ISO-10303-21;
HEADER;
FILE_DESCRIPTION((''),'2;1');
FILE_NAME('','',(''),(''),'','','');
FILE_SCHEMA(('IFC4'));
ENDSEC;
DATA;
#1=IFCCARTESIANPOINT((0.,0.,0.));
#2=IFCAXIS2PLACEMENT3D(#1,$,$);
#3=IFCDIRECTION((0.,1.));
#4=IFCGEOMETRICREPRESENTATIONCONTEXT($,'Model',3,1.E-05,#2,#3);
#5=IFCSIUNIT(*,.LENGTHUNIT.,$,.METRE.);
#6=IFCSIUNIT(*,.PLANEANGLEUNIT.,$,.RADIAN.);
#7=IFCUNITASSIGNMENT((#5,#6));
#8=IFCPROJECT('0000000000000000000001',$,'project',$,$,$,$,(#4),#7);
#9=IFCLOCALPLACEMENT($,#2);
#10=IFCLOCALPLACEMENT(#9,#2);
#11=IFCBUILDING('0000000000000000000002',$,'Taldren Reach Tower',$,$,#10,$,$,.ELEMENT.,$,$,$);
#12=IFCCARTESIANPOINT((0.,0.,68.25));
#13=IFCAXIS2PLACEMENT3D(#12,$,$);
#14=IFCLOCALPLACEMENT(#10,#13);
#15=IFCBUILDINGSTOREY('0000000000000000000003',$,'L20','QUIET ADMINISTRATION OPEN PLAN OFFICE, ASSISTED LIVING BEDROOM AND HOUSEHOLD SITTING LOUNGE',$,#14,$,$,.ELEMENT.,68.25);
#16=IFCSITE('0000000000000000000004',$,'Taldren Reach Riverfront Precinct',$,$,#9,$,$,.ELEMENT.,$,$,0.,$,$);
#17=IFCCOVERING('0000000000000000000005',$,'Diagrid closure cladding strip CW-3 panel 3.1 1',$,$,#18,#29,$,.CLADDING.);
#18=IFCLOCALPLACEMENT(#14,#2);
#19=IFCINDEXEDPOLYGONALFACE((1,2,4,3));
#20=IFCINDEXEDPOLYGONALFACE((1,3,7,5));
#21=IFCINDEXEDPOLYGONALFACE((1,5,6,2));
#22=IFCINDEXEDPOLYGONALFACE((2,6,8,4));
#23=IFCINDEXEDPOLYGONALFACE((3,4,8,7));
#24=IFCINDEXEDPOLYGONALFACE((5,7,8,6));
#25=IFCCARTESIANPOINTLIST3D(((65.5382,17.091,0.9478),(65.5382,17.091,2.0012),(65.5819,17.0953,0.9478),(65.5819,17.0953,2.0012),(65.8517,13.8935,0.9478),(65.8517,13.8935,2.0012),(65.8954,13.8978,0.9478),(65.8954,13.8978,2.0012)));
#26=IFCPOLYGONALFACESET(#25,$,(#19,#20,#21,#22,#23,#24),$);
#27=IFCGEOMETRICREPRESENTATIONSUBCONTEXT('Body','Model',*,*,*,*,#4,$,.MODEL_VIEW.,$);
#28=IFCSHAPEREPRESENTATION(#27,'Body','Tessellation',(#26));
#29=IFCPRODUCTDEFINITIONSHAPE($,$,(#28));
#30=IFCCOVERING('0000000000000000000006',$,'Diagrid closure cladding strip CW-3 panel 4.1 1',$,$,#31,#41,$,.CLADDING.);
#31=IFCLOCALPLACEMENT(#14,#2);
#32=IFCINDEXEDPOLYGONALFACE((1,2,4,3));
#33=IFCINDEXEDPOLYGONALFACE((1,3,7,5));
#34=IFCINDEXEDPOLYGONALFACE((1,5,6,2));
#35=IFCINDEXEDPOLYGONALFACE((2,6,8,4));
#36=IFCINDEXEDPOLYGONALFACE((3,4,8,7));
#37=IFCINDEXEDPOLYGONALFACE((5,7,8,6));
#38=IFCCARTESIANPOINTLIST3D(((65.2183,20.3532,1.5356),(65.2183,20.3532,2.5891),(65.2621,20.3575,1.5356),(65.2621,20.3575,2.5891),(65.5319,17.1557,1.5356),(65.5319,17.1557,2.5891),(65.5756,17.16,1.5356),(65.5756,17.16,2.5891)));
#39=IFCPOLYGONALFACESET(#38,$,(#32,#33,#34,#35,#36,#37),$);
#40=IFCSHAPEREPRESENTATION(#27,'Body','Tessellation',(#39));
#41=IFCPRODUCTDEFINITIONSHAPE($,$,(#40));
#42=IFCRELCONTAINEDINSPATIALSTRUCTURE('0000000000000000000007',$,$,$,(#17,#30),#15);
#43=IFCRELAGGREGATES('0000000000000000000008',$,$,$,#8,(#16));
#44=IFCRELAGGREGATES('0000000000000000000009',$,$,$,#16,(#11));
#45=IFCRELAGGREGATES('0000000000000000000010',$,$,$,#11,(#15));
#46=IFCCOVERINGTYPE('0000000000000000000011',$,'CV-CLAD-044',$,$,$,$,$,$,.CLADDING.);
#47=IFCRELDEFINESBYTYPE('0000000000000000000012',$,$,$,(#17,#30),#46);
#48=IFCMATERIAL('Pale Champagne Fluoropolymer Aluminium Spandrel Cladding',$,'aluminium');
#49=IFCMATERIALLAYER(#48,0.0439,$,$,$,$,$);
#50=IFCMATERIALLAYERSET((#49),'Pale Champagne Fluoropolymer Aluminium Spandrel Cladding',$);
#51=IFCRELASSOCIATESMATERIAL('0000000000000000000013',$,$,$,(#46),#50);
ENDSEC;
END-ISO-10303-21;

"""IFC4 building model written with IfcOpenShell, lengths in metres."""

from ifc_helpers import new_model, si_unit, direction, frame, origin, origin_2d, place, context, subcontext, project, spatial, rectangle, extrude, source, transform, mapped, material, layer, layer_set, type_object, element, save


model = new_model("IFC4")

# Units and contexts
model_context = context("Model", 3, precision=1e-05, world=origin(), true_north=direction((0.0, 1.0)))
body_context = subcontext(model_context, "Body", "Model", "MODEL_VIEW")
ifc_project = project(units=[si_unit("LENGTHUNIT", "METRE"), si_unit("PLANEANGLEUNIT", "RADIAN")], contexts=[model_context])

# Site, building, storey
site_placement = place(None, origin())
site = spatial("IfcSite", under=ifc_project, at=site_placement, Name="Taldren Reach Riverfront Precinct", CompositionType="ELEMENT", RefElevation=0.0)
building_placement = place(site_placement, origin())
building = spatial("IfcBuilding", under=site, at=building_placement, Name="Taldren Reach Tower", CompositionType="ELEMENT")
storey_placement = place(building_placement, frame((0.0, 0.0, 68.25)))
storey = spatial("IfcBuildingStorey", under=building, at=storey_placement, Name="L20", Description="QUIET ADMINISTRATION OPEN PLAN OFFICE, ASSISTED LIVING BEDROOM AND HOUSEHOLD SITTING LOUNGE", CompositionType="ELEMENT", Elevation=68.25)

# Coverings
ifc_material_1 = material(Name="Pale Champagne Fluoropolymer Aluminium Spandrel Cladding", Category="aluminium")
ifc_layer_1 = layer(ifc_material_1, 0.0439)
ifc_layer_set_1 = layer_set([ifc_layer_1], Name="Pale Champagne Fluoropolymer Aluminium Spandrel Cladding")
covering_type = type_object("IfcCoveringType", Name="CV-CLAD-044", PredefinedType="CLADDING", material=ifc_layer_set_1)
shared_shape_1 = source(origin(), body_context, "Body", "SweptSolid", [
    extrude(rectangle(XDim=3.2129, YDim=0.0439, at=origin_2d()), origin(), (0.0, 0.0, 1.0), 1.0535),
])
for number, where, z_axis, x_axis, name in (
    (1, (65.7168, 15.4944, 0.9478), (0.0, 0.0, 1.0), (-0.097583, 0.995227, 0.0), "Diagrid closure cladding strip CW-3 panel 3.1 1"),
    (2, (65.397, 18.7566, 1.5356), (0.0, 0.0, 1.0), (-0.097583, 0.995227, 0.0), "Diagrid closure cladding strip CW-3 panel 4.1 1"),
):
    element("IfcCovering", number, at=place(storey_placement, frame(where, z_axis=z_axis, x_axis=x_axis)), inside=storey, type_object=covering_type, Name=name, PredefinedType="CLADDING", context=body_context, shape_type="MappedRepresentation", body=[
        mapped(shared_shape_1, transform((0.0, 0.0, 0.0), scale=1.0)),
    ])

save(model, "model.ifc")
